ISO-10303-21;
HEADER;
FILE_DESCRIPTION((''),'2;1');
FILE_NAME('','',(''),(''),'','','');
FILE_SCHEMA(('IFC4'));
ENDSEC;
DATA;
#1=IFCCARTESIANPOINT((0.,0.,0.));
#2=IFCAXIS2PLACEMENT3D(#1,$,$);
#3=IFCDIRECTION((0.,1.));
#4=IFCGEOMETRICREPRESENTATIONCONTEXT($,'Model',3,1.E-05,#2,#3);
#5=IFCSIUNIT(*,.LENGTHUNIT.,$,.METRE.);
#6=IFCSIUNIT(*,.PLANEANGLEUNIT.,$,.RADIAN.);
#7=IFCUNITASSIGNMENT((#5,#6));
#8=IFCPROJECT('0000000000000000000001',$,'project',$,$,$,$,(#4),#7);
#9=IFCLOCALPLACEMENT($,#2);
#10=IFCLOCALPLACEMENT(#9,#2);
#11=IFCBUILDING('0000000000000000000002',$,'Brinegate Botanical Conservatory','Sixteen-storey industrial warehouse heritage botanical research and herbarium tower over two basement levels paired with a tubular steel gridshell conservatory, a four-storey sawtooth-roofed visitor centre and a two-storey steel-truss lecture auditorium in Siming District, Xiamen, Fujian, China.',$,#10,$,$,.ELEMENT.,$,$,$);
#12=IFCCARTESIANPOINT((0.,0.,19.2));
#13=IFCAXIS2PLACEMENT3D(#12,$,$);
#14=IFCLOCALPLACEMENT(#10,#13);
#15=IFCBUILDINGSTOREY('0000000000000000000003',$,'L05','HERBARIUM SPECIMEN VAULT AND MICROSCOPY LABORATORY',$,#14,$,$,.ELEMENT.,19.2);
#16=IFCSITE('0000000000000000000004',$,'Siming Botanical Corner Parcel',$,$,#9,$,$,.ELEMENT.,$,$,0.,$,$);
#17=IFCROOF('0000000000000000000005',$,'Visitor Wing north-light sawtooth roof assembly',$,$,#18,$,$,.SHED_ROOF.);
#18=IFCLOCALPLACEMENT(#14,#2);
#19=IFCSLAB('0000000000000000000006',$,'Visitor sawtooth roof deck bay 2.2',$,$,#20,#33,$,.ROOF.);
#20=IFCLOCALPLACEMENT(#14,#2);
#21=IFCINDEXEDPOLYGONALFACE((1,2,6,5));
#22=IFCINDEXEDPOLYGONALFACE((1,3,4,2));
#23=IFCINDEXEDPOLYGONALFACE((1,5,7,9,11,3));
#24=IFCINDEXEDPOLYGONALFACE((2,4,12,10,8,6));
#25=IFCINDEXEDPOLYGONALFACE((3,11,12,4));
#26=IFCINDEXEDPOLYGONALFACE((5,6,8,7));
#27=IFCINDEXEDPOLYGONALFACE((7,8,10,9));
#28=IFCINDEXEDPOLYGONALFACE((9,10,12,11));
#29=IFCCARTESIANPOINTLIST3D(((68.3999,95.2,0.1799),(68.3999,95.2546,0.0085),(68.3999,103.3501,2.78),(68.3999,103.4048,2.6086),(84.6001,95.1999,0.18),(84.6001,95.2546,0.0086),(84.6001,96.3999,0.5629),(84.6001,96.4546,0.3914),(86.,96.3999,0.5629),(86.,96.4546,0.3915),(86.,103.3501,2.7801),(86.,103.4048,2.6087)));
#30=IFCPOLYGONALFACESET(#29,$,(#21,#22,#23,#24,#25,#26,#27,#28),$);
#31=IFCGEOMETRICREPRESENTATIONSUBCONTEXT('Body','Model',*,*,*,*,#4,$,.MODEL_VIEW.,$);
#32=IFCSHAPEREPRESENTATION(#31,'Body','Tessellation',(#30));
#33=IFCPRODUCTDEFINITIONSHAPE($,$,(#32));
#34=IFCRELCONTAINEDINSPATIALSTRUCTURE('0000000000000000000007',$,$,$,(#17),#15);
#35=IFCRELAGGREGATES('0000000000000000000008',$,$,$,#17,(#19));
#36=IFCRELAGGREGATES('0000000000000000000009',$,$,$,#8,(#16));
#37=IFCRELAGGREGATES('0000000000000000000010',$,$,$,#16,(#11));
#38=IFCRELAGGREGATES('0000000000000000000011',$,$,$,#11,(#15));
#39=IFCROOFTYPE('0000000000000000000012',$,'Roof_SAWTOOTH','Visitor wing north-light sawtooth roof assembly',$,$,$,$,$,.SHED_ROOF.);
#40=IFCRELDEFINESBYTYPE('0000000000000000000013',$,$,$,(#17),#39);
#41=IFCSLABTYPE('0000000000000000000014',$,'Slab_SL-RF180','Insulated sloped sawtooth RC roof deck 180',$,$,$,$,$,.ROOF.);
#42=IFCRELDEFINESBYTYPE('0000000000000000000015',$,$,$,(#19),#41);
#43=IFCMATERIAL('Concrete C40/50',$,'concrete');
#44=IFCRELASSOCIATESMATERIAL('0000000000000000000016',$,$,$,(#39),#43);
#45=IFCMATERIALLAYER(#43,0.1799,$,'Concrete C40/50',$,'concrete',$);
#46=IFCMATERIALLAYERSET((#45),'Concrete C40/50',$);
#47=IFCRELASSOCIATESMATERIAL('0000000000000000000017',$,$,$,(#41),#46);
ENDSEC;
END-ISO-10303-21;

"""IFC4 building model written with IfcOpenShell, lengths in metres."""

from ifc_helpers import new_model, si_unit, direction, frame, origin, place, context, subcontext, project, spatial, polyline, outline, extrude, material, layer, layer_set, type_object, element, aggregate, save


model = new_model("IFC4")

# Units and contexts
model_context = context("Model", 3, precision=1e-05, world=origin(), true_north=direction((0.0, 1.0)))
body_context = subcontext(model_context, "Body", "Model", "MODEL_VIEW")
ifc_project = project(units=[si_unit("LENGTHUNIT", "METRE"), si_unit("PLANEANGLEUNIT", "RADIAN")], contexts=[model_context])

# Site, building, storey
site_placement = place(None, origin())
site = spatial("IfcSite", under=ifc_project, at=site_placement, Name="Siming Botanical Corner Parcel", CompositionType="ELEMENT", RefElevation=0.0)
building_placement = place(site_placement, origin())
building = spatial("IfcBuilding", under=site, at=building_placement, Name="Brinegate Botanical Conservatory", Description="Sixteen-storey industrial warehouse heritage botanical research and herbarium tower over two basement levels paired with a tubular steel gridshell conservatory, a four-storey sawtooth-roofed visitor centre and a two-storey steel-truss lecture auditorium in Siming District, Xiamen, Fujian, China.", CompositionType="ELEMENT")
storey_placement = place(building_placement, frame((0.0, 0.0, 19.2)))
storey = spatial("IfcBuildingStorey", under=building, at=storey_placement, Name="L05", Description="HERBARIUM SPECIMEN VAULT AND MICROSCOPY LABORATORY", CompositionType="ELEMENT", Elevation=19.2)

# Roof, slab
ifc_material_1 = material(Name="Concrete C40/50", Category="concrete")
roof_type = type_object("IfcRoofType", Name="Roof_SAWTOOTH", Description="Visitor wing north-light sawtooth roof assembly", PredefinedType="SHED_ROOF", material=ifc_material_1)
roof_placement = place(storey_placement, origin())
roof = element("IfcRoof", 1, at=roof_placement, inside=storey, type_object=roof_type, Name="Visitor Wing north-light sawtooth roof assembly", PredefinedType="SHED_ROOF")
ifc_layer_1 = layer(ifc_material_1, 0.1799, Name="Concrete C40/50", Category="concrete")
ifc_layer_set_1 = layer_set([ifc_layer_1], Name="Concrete C40/50")
slab_type = type_object("IfcSlabType", Name="Slab_SL-RF180", Description="Insulated sloped sawtooth RC roof deck 180", PredefinedType="ROOF", material=ifc_layer_set_1)
slab_placement = place(storey_placement, frame((68.3999, 95.2, 0.1799), z_axis=(-0.000007, -0.303931, 0.952694), x_axis=(1.0, -0.000002, 0.000006)))
slab = element("IfcSlab", 2, at=slab_placement, type_object=slab_type, Name="Visitor sawtooth roof deck bay 2.2", PredefinedType="ROOF", context=body_context, shape_type="SweptSolid", body=[
    extrude(outline(polyline([(0.0, 0.0), (16.2002, 0.0), (16.2002, 1.2596), (17.6001, 1.2596), (17.6001, 8.5548), (0.0, 8.5548), (0.0, 0.0)])), origin(), (0.0, 0.0, -1.0), 0.1799),
])
aggregate(roof, [slab])

save(model, "model.ifc")
